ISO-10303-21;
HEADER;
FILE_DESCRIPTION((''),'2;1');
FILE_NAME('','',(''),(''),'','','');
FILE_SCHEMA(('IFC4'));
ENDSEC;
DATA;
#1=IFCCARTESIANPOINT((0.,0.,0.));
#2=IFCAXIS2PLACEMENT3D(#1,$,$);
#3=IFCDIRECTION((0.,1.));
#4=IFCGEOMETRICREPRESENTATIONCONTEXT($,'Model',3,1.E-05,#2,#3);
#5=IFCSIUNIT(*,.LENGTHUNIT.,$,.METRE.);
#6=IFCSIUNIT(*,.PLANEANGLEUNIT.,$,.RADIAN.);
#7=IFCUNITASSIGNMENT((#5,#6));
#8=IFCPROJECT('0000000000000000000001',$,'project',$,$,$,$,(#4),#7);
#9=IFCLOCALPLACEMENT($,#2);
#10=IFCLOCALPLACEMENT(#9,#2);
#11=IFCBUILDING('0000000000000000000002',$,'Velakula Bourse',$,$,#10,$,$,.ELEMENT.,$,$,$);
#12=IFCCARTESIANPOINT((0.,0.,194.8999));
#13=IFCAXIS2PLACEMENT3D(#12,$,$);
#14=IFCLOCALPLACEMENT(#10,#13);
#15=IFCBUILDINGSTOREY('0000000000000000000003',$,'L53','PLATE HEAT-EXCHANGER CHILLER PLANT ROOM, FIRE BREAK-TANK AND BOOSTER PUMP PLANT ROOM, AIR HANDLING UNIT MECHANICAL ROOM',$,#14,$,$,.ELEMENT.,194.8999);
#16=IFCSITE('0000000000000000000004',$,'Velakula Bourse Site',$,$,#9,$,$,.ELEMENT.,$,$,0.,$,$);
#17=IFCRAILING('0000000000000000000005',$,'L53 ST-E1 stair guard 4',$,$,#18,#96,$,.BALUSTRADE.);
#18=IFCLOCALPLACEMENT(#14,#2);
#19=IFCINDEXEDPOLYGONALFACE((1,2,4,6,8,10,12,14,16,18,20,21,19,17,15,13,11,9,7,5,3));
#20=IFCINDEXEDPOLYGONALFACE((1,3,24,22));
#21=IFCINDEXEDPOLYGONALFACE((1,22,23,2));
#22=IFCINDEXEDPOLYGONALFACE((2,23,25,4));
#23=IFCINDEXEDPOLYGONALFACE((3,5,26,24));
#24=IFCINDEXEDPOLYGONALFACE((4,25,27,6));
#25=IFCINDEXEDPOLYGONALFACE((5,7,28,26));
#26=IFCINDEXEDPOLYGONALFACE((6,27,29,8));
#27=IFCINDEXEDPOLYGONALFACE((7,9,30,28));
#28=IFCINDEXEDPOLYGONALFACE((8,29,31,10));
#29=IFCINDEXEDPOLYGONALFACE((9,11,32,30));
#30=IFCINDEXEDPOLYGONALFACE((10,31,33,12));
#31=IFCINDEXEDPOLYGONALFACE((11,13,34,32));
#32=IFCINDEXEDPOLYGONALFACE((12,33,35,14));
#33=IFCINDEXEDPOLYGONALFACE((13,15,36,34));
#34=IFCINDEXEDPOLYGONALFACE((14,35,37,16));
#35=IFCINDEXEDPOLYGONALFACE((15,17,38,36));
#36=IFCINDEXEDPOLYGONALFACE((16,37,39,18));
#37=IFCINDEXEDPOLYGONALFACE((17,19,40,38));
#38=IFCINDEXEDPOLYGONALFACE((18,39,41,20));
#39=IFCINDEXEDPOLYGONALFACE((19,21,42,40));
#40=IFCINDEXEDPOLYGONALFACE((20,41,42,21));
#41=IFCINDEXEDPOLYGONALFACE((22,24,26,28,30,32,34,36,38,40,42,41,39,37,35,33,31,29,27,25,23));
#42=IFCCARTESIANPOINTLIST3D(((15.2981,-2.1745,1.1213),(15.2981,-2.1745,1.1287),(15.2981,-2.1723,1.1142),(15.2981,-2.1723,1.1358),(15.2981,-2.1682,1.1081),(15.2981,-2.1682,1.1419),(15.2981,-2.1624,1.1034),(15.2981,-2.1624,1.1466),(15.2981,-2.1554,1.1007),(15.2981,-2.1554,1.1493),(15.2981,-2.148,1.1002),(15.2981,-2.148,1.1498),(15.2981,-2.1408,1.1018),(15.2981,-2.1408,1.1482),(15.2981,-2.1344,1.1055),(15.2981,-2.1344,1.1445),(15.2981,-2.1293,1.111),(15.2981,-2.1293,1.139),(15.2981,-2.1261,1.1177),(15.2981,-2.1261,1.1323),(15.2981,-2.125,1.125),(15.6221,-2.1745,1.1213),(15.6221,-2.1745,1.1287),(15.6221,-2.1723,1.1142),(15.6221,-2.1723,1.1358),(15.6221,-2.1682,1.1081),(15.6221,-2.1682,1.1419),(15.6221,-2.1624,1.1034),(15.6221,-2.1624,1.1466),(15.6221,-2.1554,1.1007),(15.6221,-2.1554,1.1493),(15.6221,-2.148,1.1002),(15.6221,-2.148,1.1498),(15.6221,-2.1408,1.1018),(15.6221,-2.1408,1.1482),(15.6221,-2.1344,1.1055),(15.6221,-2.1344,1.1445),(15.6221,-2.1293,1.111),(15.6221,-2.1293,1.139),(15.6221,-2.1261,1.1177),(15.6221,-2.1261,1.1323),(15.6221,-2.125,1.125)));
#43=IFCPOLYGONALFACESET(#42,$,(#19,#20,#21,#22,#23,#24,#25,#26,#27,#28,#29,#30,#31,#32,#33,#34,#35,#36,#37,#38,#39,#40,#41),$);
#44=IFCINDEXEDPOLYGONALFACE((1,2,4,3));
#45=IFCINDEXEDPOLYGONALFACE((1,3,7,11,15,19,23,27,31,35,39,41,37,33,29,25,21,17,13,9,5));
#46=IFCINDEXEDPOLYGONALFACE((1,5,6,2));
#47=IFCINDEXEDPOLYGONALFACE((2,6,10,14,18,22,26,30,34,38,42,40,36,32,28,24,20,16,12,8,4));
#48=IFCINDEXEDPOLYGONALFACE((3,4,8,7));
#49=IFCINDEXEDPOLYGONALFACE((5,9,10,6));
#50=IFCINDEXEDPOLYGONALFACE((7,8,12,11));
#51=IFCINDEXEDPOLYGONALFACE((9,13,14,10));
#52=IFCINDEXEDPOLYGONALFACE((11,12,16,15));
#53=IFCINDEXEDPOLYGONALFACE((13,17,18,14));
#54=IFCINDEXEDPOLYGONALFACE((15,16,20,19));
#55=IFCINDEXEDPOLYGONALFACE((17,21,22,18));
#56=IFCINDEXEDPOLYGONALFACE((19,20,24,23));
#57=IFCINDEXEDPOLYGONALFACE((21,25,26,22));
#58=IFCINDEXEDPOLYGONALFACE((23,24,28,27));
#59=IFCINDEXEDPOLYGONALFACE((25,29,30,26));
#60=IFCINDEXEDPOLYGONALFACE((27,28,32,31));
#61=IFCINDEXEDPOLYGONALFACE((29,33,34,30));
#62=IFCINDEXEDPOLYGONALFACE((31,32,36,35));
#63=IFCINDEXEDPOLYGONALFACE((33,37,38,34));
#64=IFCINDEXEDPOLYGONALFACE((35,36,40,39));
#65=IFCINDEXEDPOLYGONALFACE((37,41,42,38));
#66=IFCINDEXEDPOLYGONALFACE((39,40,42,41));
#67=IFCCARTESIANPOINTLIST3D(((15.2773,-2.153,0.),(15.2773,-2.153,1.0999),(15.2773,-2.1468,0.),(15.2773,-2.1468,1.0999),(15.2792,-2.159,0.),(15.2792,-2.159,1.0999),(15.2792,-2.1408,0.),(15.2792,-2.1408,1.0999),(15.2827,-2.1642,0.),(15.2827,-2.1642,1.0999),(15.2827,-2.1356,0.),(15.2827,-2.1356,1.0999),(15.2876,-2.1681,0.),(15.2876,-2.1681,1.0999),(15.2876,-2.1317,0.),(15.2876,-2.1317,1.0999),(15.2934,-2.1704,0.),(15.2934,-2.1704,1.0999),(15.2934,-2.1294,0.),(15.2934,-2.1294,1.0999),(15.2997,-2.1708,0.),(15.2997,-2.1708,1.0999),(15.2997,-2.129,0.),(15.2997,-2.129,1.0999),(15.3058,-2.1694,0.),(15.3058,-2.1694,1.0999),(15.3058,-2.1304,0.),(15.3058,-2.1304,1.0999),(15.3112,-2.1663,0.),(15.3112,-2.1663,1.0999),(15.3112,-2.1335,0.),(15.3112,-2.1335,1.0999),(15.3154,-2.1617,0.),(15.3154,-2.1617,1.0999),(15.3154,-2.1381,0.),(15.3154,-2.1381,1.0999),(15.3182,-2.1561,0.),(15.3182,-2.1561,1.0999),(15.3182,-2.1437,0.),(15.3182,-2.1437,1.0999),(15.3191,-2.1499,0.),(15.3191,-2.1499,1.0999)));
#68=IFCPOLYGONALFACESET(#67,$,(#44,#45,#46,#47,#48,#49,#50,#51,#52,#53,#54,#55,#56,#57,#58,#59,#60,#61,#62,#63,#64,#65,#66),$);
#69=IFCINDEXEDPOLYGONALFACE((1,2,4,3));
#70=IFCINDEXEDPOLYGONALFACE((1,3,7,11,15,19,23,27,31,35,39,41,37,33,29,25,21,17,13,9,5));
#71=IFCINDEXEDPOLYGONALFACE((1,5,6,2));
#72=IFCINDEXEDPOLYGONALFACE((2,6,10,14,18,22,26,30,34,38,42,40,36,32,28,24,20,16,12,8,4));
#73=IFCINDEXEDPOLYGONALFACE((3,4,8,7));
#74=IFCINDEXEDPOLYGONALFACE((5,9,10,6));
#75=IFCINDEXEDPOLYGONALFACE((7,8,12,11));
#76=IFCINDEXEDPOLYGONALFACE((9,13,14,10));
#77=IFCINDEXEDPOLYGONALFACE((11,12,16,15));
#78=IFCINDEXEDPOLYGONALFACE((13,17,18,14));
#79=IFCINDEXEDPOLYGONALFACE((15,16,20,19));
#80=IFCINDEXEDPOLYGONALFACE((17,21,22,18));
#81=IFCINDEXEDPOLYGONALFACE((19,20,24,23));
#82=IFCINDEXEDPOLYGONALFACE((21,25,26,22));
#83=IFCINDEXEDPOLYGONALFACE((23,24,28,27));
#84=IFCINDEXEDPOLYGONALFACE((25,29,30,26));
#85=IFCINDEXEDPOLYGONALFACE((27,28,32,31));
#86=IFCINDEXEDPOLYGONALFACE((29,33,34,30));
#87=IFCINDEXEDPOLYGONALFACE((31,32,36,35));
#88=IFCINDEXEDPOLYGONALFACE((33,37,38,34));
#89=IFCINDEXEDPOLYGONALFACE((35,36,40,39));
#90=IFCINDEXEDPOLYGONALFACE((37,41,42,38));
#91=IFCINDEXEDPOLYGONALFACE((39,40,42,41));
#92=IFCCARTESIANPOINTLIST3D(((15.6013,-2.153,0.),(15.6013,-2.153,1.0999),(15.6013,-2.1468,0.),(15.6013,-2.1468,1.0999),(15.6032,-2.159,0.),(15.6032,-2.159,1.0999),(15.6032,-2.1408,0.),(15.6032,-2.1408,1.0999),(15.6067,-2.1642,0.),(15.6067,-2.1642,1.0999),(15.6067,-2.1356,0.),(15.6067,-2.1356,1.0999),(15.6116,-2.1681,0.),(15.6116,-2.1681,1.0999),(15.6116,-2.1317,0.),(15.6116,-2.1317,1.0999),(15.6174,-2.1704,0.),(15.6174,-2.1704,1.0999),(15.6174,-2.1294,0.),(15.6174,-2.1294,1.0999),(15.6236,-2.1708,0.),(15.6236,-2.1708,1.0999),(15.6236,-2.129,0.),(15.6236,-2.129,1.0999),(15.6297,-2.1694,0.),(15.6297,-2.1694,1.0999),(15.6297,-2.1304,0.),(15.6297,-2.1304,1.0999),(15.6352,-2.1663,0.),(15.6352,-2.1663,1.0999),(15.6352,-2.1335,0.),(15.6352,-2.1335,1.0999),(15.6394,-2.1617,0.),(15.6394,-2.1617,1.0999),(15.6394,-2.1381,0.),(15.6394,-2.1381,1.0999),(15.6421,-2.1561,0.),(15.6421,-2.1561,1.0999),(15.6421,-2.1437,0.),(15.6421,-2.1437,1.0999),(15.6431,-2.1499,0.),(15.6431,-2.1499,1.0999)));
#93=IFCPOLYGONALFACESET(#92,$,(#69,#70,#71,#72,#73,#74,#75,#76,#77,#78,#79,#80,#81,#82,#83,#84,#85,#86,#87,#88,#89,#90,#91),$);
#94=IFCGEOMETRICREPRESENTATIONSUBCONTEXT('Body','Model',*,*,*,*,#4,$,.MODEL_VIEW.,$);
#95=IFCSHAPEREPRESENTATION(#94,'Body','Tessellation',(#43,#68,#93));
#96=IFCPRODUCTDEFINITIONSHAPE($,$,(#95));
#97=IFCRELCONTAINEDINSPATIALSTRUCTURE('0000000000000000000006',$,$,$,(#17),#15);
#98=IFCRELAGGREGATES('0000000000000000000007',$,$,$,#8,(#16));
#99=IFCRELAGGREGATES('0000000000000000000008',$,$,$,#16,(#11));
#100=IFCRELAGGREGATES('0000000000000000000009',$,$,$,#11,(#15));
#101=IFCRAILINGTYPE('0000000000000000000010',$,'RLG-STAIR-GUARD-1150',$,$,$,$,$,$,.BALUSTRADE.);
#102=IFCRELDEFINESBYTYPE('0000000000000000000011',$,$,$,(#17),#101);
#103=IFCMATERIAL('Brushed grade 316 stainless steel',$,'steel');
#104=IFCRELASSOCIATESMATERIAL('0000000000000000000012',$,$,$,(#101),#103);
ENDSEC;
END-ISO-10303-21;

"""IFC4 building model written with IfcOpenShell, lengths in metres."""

from ifc_helpers import new_model, si_unit, direction, frame, origin, origin_2d, place, context, subcontext, project, spatial, circle, extrude, material, type_object, element, save


model = new_model("IFC4")

# Units and contexts
model_context = context("Model", 3, precision=1e-05, world=origin(), true_north=direction((0.0, 1.0)))
body_context = subcontext(model_context, "Body", "Model", "MODEL_VIEW")
ifc_project = project(units=[si_unit("LENGTHUNIT", "METRE"), si_unit("PLANEANGLEUNIT", "RADIAN")], contexts=[model_context])

# Site, building, storey
site_placement = place(None, origin())
site = spatial("IfcSite", under=ifc_project, at=site_placement, Name="Velakula Bourse Site", CompositionType="ELEMENT", RefElevation=0.0)
building_placement = place(site_placement, origin())
building = spatial("IfcBuilding", under=site, at=building_placement, Name="Velakula Bourse", CompositionType="ELEMENT")
storey_placement = place(building_placement, frame((0.0, 0.0, 194.8999)))
storey = spatial("IfcBuildingStorey", under=building, at=storey_placement, Name="L53", Description="PLATE HEAT-EXCHANGER CHILLER PLANT ROOM, FIRE BREAK-TANK AND BOOSTER PUMP PLANT ROOM, AIR HANDLING UNIT MECHANICAL ROOM", CompositionType="ELEMENT", Elevation=194.8999)

# Railing
ifc_material_1 = material(Name="Brushed grade 316 stainless steel", Category="steel")
railing_type_1 = type_object("IfcRailingType", Name="RLG-STAIR-GUARD-1150", PredefinedType="BALUSTRADE", material=ifc_material_1)
railing_1_placement = place(storey_placement, frame((15.2981, -2.1499, 0.0)))
element("IfcRailing", 1, at=railing_1_placement, inside=storey, type_object=railing_type_1, Name="L53 ST-E1 stair guard 4", PredefinedType="BALUSTRADE", context=body_context, shape_type="SweptSolid", body=[
    extrude(circle(Radius=0.0249, at=origin_2d()), frame((0.0, 0.0, 1.125), z_axis=(1.0, 0.0, 0.0), x_axis=(0.0, 1.0, 0.0)), (0.0, 0.0, 1.0), 0.324),
    extrude(circle(Radius=0.021, at=origin_2d()), origin(), (0.0, 0.0, 1.0), 1.0999),
    extrude(circle(Radius=0.021, at=origin_2d()), frame((0.324, 0.0, 0.0)), (0.0, 0.0, 1.0), 1.0999),
])

save(model, "model.ifc")
